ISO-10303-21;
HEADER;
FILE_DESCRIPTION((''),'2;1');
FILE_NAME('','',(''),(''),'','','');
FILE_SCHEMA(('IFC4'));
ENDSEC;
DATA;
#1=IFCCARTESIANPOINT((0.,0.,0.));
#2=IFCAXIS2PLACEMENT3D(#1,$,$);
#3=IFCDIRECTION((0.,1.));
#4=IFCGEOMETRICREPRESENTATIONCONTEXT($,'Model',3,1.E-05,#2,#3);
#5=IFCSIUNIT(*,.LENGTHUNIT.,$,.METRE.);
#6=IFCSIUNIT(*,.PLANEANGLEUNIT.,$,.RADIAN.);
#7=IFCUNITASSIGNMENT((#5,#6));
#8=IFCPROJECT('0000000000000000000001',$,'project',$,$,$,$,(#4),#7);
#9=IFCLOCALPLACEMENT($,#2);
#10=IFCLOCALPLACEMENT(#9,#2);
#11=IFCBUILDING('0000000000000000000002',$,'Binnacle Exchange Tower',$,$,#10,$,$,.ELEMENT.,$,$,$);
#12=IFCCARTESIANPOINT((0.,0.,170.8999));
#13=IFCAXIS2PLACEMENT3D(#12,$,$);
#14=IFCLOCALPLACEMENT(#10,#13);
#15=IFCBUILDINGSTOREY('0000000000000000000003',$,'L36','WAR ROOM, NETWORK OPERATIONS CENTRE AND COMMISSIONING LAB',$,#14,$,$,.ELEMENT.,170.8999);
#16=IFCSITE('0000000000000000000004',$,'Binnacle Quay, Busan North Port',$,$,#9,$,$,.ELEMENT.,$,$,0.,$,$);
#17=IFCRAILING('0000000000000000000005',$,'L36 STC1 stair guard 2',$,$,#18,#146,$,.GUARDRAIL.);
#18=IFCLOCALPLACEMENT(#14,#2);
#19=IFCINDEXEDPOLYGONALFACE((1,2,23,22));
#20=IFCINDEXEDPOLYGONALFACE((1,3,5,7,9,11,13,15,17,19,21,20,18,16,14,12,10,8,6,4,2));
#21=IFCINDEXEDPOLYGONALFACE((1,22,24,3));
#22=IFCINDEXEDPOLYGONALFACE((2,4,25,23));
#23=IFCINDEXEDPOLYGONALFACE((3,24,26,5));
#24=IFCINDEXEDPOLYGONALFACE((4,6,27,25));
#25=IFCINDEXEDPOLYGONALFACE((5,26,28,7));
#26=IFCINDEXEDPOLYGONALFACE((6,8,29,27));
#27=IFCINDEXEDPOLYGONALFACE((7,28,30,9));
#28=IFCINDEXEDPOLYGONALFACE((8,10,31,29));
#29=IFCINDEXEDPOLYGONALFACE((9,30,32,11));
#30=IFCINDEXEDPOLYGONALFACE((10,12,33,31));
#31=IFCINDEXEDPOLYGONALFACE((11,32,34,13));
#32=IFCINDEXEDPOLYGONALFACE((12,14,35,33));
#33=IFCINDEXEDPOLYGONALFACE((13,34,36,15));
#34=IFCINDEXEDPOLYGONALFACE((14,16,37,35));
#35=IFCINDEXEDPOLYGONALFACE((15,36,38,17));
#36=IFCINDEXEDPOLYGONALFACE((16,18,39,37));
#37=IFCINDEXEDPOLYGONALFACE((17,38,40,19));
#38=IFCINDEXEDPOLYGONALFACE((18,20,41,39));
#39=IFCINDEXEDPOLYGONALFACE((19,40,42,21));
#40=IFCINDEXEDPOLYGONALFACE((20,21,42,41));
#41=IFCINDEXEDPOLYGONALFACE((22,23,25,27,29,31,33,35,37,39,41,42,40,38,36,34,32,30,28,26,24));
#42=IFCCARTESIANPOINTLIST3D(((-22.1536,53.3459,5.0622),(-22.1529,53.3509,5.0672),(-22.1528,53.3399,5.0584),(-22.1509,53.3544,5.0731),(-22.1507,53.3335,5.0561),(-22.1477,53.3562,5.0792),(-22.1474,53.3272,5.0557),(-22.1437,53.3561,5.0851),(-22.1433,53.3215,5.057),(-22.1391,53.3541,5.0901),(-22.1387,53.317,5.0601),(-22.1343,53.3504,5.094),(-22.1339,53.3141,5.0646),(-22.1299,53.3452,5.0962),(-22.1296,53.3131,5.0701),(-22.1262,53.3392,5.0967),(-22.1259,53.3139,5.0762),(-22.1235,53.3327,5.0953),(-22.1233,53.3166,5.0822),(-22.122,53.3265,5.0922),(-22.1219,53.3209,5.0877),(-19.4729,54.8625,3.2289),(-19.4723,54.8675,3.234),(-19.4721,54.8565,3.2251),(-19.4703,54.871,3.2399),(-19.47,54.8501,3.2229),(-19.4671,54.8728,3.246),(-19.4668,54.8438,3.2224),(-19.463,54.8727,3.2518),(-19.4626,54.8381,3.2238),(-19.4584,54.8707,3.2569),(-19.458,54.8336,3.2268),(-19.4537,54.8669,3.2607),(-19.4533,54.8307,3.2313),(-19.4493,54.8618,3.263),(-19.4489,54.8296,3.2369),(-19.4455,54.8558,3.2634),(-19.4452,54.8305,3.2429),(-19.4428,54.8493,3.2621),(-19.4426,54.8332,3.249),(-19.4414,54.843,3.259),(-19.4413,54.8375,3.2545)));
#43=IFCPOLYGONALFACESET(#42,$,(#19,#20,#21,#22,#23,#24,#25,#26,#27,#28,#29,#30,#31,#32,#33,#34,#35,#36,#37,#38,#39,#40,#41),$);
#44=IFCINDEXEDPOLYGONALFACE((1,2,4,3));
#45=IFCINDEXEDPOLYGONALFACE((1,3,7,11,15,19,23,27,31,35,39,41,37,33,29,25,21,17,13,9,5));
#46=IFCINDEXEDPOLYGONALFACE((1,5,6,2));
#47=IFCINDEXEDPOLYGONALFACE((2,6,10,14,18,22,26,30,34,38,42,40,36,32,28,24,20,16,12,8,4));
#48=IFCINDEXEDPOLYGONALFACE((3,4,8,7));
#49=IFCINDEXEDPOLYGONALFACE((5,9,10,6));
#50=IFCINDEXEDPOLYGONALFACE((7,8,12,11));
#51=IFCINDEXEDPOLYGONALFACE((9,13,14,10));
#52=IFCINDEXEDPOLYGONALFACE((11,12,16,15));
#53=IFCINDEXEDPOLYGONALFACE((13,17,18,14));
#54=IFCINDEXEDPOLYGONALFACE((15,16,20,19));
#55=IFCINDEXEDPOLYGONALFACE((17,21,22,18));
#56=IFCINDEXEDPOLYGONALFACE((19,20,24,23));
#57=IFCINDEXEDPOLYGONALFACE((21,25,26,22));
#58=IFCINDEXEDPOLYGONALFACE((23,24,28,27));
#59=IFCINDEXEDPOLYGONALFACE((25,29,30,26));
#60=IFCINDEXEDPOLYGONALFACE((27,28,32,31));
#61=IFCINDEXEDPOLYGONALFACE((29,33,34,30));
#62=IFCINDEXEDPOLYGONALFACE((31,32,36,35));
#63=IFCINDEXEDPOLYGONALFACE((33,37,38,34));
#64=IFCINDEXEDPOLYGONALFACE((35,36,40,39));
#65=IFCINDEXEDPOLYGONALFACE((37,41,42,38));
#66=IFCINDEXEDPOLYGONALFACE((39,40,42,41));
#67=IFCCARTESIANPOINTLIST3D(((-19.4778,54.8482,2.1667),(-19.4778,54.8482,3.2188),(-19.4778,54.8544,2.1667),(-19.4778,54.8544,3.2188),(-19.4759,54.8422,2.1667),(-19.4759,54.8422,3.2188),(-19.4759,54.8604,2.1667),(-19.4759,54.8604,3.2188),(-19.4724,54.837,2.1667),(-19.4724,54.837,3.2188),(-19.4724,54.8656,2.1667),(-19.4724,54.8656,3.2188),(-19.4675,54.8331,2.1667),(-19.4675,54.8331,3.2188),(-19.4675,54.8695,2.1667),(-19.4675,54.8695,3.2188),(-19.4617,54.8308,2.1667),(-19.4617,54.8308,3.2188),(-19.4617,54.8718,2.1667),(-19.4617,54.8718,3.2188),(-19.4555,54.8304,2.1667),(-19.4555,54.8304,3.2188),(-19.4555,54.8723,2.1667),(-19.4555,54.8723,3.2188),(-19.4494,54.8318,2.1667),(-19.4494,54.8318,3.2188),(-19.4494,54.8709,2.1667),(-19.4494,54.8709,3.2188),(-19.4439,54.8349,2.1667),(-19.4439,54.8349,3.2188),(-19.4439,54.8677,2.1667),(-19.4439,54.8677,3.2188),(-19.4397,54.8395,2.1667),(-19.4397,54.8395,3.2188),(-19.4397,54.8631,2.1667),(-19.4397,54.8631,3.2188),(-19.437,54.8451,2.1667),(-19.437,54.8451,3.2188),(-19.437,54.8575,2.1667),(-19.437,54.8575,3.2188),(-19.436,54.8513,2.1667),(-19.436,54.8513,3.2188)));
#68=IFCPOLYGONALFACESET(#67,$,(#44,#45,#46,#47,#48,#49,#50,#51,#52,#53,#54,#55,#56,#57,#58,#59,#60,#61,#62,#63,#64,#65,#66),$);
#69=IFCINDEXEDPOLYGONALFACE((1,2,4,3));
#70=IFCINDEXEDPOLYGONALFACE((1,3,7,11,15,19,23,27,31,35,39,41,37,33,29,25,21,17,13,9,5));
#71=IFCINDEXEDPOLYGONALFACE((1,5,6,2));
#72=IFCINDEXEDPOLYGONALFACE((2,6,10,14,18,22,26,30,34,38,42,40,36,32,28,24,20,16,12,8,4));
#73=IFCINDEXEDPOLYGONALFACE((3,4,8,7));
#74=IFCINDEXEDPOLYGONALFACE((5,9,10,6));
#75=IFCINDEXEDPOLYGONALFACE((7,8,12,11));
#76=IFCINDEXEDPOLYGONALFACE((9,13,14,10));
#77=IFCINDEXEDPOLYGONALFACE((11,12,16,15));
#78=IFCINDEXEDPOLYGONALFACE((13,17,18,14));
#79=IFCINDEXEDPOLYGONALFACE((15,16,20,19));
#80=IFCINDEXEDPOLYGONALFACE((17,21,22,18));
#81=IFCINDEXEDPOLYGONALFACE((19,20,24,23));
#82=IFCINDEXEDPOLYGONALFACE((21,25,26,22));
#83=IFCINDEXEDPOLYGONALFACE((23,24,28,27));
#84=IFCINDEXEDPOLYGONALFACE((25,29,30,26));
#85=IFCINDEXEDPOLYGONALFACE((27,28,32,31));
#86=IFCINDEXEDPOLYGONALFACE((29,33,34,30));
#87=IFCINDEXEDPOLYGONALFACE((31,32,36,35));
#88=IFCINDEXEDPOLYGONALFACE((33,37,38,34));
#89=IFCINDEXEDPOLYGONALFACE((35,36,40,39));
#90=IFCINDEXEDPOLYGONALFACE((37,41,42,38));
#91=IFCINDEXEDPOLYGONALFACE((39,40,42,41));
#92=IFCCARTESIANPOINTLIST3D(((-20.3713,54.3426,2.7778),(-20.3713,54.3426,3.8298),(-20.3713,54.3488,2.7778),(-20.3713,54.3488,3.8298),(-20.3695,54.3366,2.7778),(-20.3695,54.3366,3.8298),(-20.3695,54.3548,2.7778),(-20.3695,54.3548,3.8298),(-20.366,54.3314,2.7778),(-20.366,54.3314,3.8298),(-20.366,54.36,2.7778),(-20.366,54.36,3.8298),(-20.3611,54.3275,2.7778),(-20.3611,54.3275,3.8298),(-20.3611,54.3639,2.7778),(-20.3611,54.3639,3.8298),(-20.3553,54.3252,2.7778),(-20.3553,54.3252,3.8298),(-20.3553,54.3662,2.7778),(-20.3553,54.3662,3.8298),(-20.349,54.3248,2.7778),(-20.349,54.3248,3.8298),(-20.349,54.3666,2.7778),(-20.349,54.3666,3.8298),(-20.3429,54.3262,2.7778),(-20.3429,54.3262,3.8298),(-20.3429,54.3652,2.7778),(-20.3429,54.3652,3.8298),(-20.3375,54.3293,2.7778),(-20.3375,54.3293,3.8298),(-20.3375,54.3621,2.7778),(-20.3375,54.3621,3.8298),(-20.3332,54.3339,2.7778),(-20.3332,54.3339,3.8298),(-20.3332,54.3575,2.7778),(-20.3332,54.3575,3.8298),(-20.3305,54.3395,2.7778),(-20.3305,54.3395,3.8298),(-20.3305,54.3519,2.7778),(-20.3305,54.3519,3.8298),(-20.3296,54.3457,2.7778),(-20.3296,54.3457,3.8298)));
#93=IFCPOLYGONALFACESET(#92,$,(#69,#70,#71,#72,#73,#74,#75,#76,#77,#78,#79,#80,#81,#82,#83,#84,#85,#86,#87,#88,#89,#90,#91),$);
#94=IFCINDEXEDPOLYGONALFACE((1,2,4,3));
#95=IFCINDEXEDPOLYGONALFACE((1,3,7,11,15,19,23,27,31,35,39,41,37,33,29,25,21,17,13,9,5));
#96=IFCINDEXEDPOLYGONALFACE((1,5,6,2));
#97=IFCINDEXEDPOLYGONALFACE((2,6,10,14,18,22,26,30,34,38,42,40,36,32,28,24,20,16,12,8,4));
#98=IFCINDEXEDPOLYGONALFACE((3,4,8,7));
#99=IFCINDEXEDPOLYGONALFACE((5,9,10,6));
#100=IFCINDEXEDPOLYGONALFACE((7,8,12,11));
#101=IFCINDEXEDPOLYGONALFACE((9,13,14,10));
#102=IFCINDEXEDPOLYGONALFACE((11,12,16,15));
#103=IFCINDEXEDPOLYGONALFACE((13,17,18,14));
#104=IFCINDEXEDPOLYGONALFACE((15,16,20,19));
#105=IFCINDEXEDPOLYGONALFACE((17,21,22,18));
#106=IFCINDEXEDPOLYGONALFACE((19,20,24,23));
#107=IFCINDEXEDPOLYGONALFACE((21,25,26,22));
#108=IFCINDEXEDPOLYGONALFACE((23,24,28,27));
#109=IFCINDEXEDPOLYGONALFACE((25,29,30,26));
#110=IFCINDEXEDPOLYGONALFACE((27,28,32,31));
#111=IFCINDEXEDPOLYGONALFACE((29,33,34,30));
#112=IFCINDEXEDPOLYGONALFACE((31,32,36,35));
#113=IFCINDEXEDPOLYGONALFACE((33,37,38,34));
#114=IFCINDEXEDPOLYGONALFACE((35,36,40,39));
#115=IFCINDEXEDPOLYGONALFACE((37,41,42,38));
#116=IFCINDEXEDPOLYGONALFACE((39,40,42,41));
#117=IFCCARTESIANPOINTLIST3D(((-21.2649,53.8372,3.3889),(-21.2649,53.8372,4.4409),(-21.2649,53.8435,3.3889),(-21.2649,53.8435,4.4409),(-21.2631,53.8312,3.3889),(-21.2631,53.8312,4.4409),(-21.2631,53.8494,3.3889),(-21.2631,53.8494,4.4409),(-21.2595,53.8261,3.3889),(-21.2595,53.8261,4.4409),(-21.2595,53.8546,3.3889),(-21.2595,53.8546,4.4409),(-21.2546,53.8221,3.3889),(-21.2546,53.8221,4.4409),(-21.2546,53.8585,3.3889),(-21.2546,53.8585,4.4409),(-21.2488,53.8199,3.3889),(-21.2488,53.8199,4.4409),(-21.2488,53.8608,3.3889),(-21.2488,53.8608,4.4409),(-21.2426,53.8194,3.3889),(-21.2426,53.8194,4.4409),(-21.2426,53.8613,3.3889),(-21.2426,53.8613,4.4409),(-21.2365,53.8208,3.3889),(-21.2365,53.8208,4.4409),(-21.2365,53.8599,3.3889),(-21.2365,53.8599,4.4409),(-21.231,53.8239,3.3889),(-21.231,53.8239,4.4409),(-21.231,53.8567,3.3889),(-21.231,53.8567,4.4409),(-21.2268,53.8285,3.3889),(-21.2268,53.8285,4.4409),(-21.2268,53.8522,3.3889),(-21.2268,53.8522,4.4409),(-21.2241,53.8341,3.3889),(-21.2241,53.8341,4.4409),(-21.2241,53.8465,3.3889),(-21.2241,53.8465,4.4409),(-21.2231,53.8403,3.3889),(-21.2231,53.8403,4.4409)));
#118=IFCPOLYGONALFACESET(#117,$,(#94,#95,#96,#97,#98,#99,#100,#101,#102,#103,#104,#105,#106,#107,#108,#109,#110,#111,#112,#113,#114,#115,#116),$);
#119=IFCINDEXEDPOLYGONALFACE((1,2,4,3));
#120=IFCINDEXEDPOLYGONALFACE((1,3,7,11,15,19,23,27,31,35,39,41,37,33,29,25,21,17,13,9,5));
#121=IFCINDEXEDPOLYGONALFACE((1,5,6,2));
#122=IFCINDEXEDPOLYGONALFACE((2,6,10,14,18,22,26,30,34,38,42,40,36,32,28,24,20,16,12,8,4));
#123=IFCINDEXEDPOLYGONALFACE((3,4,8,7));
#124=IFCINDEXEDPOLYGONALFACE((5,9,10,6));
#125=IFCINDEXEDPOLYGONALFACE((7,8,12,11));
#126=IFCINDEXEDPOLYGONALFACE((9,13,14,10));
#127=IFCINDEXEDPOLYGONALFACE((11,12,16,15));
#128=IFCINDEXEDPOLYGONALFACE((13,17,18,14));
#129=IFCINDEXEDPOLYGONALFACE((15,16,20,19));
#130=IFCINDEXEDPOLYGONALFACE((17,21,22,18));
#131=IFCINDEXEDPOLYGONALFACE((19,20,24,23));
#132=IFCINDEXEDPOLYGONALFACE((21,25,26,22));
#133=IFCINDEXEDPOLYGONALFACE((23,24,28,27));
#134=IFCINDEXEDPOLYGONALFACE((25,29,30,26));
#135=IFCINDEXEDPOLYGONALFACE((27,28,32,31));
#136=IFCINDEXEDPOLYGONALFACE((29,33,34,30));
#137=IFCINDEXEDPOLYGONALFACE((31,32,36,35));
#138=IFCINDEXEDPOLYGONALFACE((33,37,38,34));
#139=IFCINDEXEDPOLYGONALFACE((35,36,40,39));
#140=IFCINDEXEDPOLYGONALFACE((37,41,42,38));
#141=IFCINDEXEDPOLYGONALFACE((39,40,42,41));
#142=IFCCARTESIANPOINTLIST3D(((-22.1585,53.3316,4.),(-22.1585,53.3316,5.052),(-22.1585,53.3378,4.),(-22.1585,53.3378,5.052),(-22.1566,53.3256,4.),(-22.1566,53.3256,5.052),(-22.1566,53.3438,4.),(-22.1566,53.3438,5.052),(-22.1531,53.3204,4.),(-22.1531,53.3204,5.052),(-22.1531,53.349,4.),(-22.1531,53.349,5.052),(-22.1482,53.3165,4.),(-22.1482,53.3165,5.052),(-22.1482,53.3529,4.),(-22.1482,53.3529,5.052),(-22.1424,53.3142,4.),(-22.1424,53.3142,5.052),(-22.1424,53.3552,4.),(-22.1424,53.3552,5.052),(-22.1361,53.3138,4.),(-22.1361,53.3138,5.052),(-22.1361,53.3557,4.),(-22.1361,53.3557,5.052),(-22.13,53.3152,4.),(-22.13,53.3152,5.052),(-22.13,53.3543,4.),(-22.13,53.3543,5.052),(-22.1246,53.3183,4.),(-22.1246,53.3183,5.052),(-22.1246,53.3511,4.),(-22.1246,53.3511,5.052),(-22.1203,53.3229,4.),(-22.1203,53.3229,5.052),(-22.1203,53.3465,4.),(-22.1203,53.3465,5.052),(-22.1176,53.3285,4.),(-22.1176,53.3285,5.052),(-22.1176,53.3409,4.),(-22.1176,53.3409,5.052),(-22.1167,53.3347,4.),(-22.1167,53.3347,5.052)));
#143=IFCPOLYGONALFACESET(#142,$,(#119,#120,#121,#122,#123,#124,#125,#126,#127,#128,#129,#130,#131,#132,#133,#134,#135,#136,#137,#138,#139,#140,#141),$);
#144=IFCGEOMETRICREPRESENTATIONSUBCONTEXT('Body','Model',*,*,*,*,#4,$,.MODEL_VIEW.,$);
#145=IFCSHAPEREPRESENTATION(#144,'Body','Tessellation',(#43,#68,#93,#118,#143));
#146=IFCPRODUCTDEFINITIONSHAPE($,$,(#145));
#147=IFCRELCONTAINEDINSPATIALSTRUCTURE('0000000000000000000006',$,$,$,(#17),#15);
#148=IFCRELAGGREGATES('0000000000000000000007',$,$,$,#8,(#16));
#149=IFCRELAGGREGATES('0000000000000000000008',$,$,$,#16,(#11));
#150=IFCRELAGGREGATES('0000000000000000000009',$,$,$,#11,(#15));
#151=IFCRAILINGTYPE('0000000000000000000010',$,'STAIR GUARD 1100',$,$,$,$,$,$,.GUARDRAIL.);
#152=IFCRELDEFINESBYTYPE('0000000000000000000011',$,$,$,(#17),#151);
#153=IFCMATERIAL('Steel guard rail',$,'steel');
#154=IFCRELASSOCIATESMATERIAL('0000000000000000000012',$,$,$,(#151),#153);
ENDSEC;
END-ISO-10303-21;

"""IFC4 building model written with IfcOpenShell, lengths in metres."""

from ifc_helpers import new_model, si_unit, direction, frame, origin, origin_2d, place, context, subcontext, project, spatial, circle, extrude, material, type_object, element, save


model = new_model("IFC4")

# Units and contexts
model_context = context("Model", 3, precision=1e-05, world=origin(), true_north=direction((0.0, 1.0)))
body_context = subcontext(model_context, "Body", "Model", "MODEL_VIEW")
ifc_project = project(units=[si_unit("LENGTHUNIT", "METRE"), si_unit("PLANEANGLEUNIT", "RADIAN")], contexts=[model_context])

# Site, building, storey
site_placement = place(None, origin())
site = spatial("IfcSite", under=ifc_project, at=site_placement, Name="Binnacle Quay, Busan North Port", CompositionType="ELEMENT", RefElevation=0.0)
building_placement = place(site_placement, origin())
building = spatial("IfcBuilding", under=site, at=building_placement, Name="Binnacle Exchange Tower", CompositionType="ELEMENT")
storey_placement = place(building_placement, frame((0.0, 0.0, 170.8999)))
storey = spatial("IfcBuildingStorey", under=building, at=storey_placement, Name="L36", Description="WAR ROOM, NETWORK OPERATIONS CENTRE AND COMMISSIONING LAB", CompositionType="ELEMENT", Elevation=170.8999)

# Railing
ifc_material_1 = material(Name="Steel guard rail", Category="steel")
railing_type_1 = type_object("IfcRailingType", Name="STAIR GUARD 1100", PredefinedType="GUARDRAIL", material=ifc_material_1)
railing_1_placement = place(storey_placement, frame((-19.457, 54.8513, 2.1667)))
element("IfcRailing", 1, at=railing_1_placement, inside=storey, type_object=railing_type_1, Name="L36 STC1 stair guard 2", PredefinedType="GUARDRAIL", context=body_context, shape_type="SweptSolid", body=[
    extrude(circle(Radius=0.0239, at=origin_2d()), frame((0.0, 0.0, 1.0762), z_axis=(-0.747901, -0.423129, 0.511474), x_axis=(0.492412, -0.870362, 0.0)), (0.0, 0.0, 1.0), 3.5842),
    extrude(circle(Radius=0.021, at=origin_2d()), origin(), (0.0, 0.0, 1.0), 1.052),
    extrude(circle(Radius=0.021, at=origin_2d()), frame((-0.8936, -0.5056, 0.6111)), (0.0, 0.0, 1.0), 1.052),
    extrude(circle(Radius=0.021, at=origin_2d()), frame((-1.7871, -1.011, 1.2222)), (0.0, 0.0, 1.0), 1.052),
    extrude(circle(Radius=0.021, at=origin_2d()), frame((-2.6807, -1.5166, 1.8333)), (0.0, 0.0, 1.0), 1.052),
])

save(model, "model.ifc")
